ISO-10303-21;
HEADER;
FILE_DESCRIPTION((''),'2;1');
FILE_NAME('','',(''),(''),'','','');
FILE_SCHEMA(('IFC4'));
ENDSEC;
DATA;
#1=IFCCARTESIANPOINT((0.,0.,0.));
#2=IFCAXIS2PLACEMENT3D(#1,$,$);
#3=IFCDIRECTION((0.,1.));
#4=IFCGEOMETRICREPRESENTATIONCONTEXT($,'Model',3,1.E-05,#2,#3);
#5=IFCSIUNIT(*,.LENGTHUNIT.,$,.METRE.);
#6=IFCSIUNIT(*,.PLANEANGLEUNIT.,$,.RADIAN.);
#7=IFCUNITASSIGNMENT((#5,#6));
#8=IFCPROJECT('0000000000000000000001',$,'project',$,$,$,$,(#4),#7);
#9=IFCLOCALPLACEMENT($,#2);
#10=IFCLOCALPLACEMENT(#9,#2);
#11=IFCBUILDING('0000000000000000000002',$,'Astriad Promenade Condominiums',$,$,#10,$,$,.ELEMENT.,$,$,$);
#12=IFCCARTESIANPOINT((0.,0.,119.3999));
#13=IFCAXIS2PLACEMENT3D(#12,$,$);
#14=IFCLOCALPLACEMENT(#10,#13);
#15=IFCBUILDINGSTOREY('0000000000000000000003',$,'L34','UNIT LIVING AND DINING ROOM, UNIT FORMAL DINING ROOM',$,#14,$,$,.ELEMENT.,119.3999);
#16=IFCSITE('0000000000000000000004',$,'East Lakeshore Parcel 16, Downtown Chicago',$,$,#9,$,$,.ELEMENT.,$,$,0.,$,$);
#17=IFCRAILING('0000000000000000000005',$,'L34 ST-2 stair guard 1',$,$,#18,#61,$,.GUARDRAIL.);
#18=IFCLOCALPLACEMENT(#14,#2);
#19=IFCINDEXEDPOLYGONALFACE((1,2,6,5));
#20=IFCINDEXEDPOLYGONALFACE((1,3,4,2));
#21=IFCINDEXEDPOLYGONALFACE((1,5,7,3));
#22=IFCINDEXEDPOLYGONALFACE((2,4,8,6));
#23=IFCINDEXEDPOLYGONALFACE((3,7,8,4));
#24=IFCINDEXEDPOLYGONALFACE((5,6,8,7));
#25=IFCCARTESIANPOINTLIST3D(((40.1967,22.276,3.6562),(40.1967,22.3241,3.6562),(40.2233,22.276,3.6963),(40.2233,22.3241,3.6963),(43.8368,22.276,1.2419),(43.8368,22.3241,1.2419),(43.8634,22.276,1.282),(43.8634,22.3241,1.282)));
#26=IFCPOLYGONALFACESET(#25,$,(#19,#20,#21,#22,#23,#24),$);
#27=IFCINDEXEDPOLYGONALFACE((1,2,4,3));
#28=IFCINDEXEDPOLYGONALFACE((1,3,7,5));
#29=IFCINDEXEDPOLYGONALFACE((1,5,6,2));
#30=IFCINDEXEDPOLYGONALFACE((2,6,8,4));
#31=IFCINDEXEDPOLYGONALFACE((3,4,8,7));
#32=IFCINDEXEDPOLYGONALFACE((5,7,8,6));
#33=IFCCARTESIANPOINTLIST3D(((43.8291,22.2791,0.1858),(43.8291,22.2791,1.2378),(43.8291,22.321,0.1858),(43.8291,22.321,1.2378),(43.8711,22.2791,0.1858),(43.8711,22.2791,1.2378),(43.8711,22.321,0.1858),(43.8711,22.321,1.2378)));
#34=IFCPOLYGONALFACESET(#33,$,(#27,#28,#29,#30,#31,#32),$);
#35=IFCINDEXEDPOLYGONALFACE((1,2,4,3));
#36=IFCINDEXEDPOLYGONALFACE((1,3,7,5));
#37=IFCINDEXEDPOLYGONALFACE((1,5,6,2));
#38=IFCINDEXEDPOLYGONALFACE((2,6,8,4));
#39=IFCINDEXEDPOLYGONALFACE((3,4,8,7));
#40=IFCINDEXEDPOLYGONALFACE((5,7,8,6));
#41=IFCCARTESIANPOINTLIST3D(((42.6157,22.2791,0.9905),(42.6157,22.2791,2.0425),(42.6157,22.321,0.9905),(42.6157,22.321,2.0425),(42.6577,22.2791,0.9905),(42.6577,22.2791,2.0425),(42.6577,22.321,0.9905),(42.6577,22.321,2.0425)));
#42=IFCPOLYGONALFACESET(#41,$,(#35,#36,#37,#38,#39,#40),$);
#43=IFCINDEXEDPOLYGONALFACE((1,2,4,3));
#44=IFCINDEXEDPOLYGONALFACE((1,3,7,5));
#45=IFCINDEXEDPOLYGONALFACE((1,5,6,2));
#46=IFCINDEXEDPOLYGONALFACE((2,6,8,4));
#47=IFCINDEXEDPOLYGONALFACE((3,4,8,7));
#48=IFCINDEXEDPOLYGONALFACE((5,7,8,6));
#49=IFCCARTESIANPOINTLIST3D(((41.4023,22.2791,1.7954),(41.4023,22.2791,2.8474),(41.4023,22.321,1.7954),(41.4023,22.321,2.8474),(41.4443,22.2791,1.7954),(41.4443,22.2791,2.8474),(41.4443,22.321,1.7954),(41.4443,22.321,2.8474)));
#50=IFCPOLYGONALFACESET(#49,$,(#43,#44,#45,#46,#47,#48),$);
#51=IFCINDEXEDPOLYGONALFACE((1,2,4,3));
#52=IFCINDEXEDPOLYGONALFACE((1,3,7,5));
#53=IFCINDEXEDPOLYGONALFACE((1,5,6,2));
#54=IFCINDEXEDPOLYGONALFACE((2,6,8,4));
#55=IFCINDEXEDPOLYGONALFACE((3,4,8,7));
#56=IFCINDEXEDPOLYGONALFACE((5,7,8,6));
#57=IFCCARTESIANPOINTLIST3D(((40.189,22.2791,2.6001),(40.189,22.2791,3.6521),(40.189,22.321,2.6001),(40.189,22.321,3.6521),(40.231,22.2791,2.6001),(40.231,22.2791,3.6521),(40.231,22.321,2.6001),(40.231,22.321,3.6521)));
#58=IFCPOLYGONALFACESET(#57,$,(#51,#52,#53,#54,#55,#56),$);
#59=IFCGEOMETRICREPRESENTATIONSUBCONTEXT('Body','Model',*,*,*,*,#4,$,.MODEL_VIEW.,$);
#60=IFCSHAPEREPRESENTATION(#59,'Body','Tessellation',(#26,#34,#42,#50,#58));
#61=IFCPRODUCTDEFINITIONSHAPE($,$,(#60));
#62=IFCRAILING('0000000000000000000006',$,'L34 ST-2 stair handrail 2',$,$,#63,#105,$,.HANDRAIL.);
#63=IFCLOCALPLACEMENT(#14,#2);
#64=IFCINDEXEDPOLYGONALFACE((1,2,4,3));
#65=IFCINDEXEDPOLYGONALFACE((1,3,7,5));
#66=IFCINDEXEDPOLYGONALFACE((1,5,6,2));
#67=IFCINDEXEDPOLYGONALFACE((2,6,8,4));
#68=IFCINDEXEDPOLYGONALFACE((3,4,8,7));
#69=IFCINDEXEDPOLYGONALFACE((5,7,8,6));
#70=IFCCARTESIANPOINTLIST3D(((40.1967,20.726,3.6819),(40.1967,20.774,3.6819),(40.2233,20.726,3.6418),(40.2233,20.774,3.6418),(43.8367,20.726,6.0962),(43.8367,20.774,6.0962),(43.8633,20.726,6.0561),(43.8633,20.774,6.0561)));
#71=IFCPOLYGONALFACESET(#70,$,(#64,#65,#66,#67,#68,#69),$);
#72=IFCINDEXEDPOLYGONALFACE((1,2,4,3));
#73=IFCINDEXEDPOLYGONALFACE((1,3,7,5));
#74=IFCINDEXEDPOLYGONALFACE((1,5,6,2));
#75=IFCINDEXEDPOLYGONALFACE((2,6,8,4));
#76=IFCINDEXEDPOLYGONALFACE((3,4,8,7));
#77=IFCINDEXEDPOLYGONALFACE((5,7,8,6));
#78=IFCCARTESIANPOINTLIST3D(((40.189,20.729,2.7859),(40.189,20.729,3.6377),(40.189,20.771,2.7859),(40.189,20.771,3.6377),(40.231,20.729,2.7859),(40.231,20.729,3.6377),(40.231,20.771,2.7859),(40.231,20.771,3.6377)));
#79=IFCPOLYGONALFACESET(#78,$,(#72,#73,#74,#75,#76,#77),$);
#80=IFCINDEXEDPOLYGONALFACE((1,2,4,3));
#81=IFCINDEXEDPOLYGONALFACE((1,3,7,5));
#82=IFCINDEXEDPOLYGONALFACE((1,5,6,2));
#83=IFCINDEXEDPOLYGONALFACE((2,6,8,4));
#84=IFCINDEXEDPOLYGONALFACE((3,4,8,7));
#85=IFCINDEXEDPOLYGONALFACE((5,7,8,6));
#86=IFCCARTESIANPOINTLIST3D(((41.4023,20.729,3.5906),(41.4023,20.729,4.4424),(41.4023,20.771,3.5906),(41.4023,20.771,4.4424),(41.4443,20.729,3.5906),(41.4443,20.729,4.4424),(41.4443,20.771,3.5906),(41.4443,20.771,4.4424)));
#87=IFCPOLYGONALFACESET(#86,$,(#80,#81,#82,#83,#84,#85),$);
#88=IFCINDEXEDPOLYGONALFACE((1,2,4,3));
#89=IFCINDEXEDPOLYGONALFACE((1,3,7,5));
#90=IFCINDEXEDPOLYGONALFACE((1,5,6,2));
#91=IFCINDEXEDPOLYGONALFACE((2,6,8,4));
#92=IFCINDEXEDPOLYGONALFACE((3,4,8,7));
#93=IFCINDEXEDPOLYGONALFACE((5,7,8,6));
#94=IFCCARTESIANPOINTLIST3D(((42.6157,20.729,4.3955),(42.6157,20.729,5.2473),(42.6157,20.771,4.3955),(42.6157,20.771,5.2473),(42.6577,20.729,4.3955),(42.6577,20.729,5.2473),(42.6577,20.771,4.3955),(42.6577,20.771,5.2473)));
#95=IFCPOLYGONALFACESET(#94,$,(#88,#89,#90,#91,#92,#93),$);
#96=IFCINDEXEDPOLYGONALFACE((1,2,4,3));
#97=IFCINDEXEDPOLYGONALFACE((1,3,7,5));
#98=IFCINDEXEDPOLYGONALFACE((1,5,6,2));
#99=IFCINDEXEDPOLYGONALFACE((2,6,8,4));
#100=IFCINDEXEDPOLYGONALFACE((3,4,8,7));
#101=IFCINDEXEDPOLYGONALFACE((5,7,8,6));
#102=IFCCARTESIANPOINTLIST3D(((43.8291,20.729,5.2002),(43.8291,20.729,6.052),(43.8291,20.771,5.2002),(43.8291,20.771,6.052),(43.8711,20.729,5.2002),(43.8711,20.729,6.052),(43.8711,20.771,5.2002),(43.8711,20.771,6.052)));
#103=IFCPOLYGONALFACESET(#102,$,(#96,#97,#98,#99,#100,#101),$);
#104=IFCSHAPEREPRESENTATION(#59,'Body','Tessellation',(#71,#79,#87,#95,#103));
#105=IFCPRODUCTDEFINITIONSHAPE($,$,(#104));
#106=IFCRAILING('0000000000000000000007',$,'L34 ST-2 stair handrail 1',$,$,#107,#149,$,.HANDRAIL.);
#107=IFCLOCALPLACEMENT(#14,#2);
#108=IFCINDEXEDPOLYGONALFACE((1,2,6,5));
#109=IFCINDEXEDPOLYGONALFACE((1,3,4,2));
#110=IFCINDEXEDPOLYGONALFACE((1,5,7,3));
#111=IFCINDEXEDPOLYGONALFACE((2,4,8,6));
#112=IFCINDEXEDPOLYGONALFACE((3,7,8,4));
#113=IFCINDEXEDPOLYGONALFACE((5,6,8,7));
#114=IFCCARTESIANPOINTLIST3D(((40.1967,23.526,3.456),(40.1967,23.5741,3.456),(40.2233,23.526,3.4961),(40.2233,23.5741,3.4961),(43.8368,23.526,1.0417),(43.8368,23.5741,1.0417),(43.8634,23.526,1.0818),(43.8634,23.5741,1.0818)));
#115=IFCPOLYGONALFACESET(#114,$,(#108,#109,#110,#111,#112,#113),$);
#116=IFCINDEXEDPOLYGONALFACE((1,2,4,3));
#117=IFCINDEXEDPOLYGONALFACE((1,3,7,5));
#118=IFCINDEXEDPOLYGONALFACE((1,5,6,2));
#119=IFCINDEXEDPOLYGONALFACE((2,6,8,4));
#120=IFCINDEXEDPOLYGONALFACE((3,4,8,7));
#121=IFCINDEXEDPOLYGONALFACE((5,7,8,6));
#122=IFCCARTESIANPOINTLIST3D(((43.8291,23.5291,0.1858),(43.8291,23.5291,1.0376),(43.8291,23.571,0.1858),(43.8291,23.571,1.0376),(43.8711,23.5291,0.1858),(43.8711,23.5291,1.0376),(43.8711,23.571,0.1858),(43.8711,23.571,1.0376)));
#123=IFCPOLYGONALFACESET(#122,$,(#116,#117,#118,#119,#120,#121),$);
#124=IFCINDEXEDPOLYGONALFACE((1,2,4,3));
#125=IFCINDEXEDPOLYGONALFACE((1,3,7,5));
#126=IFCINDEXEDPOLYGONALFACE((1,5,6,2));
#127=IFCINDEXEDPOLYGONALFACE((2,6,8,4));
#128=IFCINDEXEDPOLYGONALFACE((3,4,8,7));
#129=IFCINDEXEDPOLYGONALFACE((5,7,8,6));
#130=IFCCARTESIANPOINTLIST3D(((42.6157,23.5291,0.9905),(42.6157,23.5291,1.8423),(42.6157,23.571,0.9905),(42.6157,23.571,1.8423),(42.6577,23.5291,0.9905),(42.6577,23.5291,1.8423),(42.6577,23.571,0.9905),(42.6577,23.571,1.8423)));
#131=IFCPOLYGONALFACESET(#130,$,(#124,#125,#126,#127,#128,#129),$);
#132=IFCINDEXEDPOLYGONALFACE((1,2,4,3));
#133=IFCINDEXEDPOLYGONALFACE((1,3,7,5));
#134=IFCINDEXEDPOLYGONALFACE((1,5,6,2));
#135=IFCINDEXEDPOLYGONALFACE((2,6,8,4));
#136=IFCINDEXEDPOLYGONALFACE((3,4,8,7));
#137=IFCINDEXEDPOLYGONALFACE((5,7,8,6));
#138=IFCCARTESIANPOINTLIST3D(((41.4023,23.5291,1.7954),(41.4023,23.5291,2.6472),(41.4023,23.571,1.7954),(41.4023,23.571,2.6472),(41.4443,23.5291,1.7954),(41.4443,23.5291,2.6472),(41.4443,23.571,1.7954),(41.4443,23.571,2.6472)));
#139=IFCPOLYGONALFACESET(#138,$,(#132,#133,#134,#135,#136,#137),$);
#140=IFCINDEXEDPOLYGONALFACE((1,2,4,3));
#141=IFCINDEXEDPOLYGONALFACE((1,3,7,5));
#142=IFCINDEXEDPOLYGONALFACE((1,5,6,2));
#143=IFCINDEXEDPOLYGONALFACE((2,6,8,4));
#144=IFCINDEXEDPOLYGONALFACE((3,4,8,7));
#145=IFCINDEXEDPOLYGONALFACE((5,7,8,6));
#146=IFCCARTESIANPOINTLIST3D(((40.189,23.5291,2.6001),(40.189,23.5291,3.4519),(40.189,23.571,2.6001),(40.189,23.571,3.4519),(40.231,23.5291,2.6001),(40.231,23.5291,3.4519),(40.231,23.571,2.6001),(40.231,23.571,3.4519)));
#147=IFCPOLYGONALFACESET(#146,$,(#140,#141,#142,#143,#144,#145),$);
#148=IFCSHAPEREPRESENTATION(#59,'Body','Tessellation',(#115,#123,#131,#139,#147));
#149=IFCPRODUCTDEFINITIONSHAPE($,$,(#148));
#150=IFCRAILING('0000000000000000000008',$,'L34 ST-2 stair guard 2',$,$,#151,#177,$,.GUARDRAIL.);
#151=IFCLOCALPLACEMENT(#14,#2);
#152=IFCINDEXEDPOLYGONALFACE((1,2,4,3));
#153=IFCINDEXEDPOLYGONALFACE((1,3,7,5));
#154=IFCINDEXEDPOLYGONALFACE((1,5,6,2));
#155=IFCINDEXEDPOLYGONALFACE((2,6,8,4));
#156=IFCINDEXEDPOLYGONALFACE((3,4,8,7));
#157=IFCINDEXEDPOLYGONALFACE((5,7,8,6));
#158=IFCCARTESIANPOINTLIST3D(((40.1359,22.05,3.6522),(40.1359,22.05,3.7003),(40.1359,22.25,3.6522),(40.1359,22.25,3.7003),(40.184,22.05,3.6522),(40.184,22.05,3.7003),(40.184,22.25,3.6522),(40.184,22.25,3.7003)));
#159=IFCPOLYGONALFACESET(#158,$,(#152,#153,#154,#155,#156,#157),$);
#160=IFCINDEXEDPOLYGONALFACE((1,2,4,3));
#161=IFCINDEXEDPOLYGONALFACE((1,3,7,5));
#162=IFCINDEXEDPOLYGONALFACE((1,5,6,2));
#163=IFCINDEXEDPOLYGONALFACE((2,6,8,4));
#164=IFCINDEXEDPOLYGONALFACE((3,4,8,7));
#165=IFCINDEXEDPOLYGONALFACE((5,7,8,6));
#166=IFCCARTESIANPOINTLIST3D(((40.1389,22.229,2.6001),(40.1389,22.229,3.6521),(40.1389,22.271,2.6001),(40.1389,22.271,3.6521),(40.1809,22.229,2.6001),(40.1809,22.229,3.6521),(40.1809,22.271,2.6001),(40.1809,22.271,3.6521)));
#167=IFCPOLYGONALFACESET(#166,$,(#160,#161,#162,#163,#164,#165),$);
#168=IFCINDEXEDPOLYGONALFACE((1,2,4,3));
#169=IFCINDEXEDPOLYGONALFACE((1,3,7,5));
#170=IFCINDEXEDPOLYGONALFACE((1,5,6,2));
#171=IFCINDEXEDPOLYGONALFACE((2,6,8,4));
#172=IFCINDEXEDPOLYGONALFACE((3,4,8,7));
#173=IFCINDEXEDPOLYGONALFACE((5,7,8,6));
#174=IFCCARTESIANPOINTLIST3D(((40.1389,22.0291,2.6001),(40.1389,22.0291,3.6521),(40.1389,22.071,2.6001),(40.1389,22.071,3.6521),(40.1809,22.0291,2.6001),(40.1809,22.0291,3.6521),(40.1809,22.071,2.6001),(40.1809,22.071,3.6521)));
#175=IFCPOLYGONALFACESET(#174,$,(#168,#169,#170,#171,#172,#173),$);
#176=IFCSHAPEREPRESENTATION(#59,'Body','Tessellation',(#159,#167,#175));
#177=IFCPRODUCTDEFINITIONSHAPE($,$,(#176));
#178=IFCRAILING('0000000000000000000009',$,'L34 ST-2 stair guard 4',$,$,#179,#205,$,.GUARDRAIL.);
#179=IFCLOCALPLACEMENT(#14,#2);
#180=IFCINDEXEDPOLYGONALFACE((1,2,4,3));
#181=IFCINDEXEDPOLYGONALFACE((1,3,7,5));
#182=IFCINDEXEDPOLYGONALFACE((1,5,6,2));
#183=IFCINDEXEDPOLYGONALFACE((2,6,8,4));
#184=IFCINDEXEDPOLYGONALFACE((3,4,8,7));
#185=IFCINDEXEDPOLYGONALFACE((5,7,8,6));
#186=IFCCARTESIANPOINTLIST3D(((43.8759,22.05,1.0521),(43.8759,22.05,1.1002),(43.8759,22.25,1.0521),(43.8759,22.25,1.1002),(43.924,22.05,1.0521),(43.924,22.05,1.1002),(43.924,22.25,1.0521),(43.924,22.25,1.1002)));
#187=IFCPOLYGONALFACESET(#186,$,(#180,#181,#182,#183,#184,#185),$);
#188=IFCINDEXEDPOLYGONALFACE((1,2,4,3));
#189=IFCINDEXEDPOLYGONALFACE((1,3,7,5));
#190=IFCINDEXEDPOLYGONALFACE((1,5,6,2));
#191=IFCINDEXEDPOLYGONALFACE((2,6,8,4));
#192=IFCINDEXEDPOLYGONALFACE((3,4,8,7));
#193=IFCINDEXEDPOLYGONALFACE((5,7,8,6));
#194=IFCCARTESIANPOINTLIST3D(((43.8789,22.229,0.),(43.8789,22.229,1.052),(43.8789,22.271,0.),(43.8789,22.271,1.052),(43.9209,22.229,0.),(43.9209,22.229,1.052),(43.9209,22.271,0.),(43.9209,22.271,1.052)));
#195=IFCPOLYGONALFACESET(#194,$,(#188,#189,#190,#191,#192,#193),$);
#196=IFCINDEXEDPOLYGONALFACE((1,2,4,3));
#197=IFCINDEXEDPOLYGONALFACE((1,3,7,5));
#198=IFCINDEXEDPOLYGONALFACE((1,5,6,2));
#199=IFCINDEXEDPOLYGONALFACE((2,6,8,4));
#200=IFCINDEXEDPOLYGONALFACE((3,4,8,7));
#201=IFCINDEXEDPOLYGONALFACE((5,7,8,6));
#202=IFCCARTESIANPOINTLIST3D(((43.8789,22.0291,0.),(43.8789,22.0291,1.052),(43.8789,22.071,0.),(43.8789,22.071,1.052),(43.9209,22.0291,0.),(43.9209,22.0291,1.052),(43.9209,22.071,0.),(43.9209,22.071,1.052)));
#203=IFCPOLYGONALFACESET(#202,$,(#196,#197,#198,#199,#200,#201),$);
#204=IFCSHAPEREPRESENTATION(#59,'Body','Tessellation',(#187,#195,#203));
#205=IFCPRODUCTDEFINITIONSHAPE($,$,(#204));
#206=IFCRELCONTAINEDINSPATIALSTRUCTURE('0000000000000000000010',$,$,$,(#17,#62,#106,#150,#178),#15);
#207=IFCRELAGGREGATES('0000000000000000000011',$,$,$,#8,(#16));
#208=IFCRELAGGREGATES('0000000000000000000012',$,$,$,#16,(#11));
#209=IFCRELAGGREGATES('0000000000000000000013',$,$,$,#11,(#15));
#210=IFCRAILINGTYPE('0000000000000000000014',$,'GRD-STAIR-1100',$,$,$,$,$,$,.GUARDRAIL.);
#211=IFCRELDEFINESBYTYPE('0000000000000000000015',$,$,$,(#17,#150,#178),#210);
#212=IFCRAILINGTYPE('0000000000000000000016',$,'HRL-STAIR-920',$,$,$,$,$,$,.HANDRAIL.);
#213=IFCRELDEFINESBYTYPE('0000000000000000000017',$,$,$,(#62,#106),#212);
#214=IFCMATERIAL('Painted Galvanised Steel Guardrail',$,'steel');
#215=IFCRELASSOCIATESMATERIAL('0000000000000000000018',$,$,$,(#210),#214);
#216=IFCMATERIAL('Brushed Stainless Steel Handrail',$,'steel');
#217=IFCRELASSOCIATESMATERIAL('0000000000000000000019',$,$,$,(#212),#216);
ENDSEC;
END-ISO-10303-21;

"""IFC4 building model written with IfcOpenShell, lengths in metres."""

from ifc_helpers import new_model, si_unit, direction, frame, origin, origin_2d, place, context, subcontext, project, spatial, rectangle, extrude, source, transform, mapped, material, type_object, type_shapes, element, save


model = new_model("IFC4")

# Units and contexts
model_context = context("Model", 3, precision=1e-05, world=origin(), true_north=direction((0.0, 1.0)))
body_context = subcontext(model_context, "Body", "Model", "MODEL_VIEW")
ifc_project = project(units=[si_unit("LENGTHUNIT", "METRE"), si_unit("PLANEANGLEUNIT", "RADIAN")], contexts=[model_context])

# Site, building, storey
site_placement = place(None, origin())
site = spatial("IfcSite", under=ifc_project, at=site_placement, Name="East Lakeshore Parcel 16, Downtown Chicago", CompositionType="ELEMENT", RefElevation=0.0)
building_placement = place(site_placement, origin())
building = spatial("IfcBuilding", under=site, at=building_placement, Name="Astriad Promenade Condominiums", CompositionType="ELEMENT")
storey_placement = place(building_placement, frame((0.0, 0.0, 119.3999)))
storey = spatial("IfcBuildingStorey", under=building, at=storey_placement, Name="L34", Description="UNIT LIVING AND DINING ROOM, UNIT FORMAL DINING ROOM", CompositionType="ELEMENT", Elevation=119.3999)

# Railings
ifc_material_1 = material(Name="Painted Galvanised Steel Guardrail", Category="steel")
railing_type_1 = type_object("IfcRailingType", Name="GRD-STAIR-1100", PredefinedType="GUARDRAIL", material=ifc_material_1)
shared_shape_1 = source(origin(), body_context, "Body", "SweptSolid", [
    extrude(rectangle(XDim=0.0481, YDim=0.0481, at=origin_2d()), frame((0.0, 0.0, 1.0762), z_axis=(-0.833364, 0.0, 0.552725), x_axis=(0.0, -1.0, 0.0)), (0.0, 0.0, 1.0), 4.3679),
    extrude(rectangle(XDim=0.042, YDim=0.042, at=origin_2d()), origin(), (0.0, 0.0, 1.0), 1.052),
    extrude(rectangle(XDim=0.042, YDim=0.042, at=origin_2d()), frame((-1.2134, 0.0, 0.8047)), (0.0, 0.0, 1.0), 1.052),
    extrude(rectangle(XDim=0.042, YDim=0.042, at=origin_2d()), frame((-2.4268, 0.0, 1.6096)), (0.0, 0.0, 1.0), 1.052),
    extrude(rectangle(XDim=0.042, YDim=0.042, at=origin_2d()), frame((-3.6401, 0.0, 2.4143)), (0.0, 0.0, 1.0), 1.052),
])
railing_1_placement = place(storey_placement, frame((43.8501, 22.3, 0.1858)))
element("IfcRailing", 1, at=railing_1_placement, inside=storey, type_object=railing_type_1, Name="L34 ST-2 stair guard 1", PredefinedType="GUARDRAIL", context=body_context, shape_type="MappedRepresentation", body=[
    mapped(shared_shape_1, transform((0.0, 0.0, 0.0), scale=1.0)),
])
ifc_material_2 = material(Name="Brushed Stainless Steel Handrail", Category="steel")
railing_type_2 = type_object("IfcRailingType", Name="HRL-STAIR-920", PredefinedType="HANDRAIL", material=ifc_material_2)
shared_shape_2 = source(origin(), body_context, "Body", "SweptSolid", [
    extrude(rectangle(XDim=0.0481, YDim=0.0481, at=origin_2d()), frame((0.0, 0.0, 0.876), z_axis=(0.833364, 0.0, 0.552725), x_axis=(0.0, 1.0, 0.0)), (0.0, 0.0, 1.0), 4.3679),
    extrude(rectangle(XDim=0.042, YDim=0.042, at=origin_2d()), origin(), (0.0, 0.0, 1.0), 0.8518),
    extrude(rectangle(XDim=0.042, YDim=0.042, at=origin_2d()), frame((1.2134, 0.0, 0.8047)), (0.0, 0.0, 1.0), 0.8518),
    extrude(rectangle(XDim=0.042, YDim=0.042, at=origin_2d()), frame((2.4268, 0.0, 1.6096)), (0.0, 0.0, 1.0), 0.8518),
    extrude(rectangle(XDim=0.042, YDim=0.042, at=origin_2d()), frame((3.6401, 0.0, 2.4143)), (0.0, 0.0, 1.0), 0.8518),
])
railing_2_placement = place(storey_placement, frame((40.21, 20.75, 2.7859)))
element("IfcRailing", 2, at=railing_2_placement, inside=storey, type_object=railing_type_2, Name="L34 ST-2 stair handrail 2", PredefinedType="HANDRAIL", context=body_context, shape_type="MappedRepresentation", body=[
    mapped(shared_shape_2, transform((0.0, 0.0, 0.0), scale=1.0)),
])
shared_shape_3 = source(origin(), body_context, "Body", "SweptSolid", [
    extrude(rectangle(XDim=0.0481, YDim=0.0481, at=origin_2d()), frame((0.0, 0.0, 0.876), z_axis=(-0.833364, 0.0, 0.552725), x_axis=(0.0, -1.0, 0.0)), (0.0, 0.0, 1.0), 4.3679),
    extrude(rectangle(XDim=0.042, YDim=0.042, at=origin_2d()), origin(), (0.0, 0.0, 1.0), 0.8518),
    extrude(rectangle(XDim=0.042, YDim=0.042, at=origin_2d()), frame((-1.2134, 0.0, 0.8047)), (0.0, 0.0, 1.0), 0.8518),
    extrude(rectangle(XDim=0.042, YDim=0.042, at=origin_2d()), frame((-2.4268, 0.0, 1.6096)), (0.0, 0.0, 1.0), 0.8518),
    extrude(rectangle(XDim=0.042, YDim=0.042, at=origin_2d()), frame((-3.6401, 0.0, 2.4143)), (0.0, 0.0, 1.0), 0.8518),
])
type_shapes(railing_type_2, [shared_shape_2, shared_shape_3])
railing_3_placement = place(storey_placement, frame((43.8501, 23.55, 0.1858)))
element("IfcRailing", 3, at=railing_3_placement, inside=storey, type_object=railing_type_2, Name="L34 ST-2 stair handrail 1", PredefinedType="HANDRAIL", context=body_context, shape_type="MappedRepresentation", body=[
    mapped(shared_shape_3, transform((0.0, 0.0, 0.0), scale=1.0)),
])
shared_shape_4 = source(origin(), body_context, "Body", "SweptSolid", [
    extrude(rectangle(XDim=0.0481, YDim=0.0481, at=origin_2d()), frame((0.0, 0.0, 1.0762), z_axis=(0.0, -1.0, 0.0), x_axis=(1.0, 0.0, 0.0)), (0.0, 0.0, 1.0), 0.2),
    extrude(rectangle(XDim=0.042, YDim=0.042, at=origin_2d()), origin(), (0.0, 0.0, 1.0), 1.052),
    extrude(rectangle(XDim=0.042, YDim=0.042, at=origin_2d()), frame((0.0, -0.2, 0.0)), (0.0, 0.0, 1.0), 1.052),
])
for number, where, name in (
    (4, (40.1599, 22.25, 2.6001), "L34 ST-2 stair guard 2"),
    (5, (43.8999, 22.25, 0.0), "L34 ST-2 stair guard 4"),
):
    element("IfcRailing", number, at=place(storey_placement, frame(where)), inside=storey, type_object=railing_type_1, Name=name, PredefinedType="GUARDRAIL", context=body_context, shape_type="MappedRepresentation", body=[
        mapped(shared_shape_4, transform((0.0, 0.0, 0.0), scale=1.0)),
    ])

save(model, "model.ifc")
